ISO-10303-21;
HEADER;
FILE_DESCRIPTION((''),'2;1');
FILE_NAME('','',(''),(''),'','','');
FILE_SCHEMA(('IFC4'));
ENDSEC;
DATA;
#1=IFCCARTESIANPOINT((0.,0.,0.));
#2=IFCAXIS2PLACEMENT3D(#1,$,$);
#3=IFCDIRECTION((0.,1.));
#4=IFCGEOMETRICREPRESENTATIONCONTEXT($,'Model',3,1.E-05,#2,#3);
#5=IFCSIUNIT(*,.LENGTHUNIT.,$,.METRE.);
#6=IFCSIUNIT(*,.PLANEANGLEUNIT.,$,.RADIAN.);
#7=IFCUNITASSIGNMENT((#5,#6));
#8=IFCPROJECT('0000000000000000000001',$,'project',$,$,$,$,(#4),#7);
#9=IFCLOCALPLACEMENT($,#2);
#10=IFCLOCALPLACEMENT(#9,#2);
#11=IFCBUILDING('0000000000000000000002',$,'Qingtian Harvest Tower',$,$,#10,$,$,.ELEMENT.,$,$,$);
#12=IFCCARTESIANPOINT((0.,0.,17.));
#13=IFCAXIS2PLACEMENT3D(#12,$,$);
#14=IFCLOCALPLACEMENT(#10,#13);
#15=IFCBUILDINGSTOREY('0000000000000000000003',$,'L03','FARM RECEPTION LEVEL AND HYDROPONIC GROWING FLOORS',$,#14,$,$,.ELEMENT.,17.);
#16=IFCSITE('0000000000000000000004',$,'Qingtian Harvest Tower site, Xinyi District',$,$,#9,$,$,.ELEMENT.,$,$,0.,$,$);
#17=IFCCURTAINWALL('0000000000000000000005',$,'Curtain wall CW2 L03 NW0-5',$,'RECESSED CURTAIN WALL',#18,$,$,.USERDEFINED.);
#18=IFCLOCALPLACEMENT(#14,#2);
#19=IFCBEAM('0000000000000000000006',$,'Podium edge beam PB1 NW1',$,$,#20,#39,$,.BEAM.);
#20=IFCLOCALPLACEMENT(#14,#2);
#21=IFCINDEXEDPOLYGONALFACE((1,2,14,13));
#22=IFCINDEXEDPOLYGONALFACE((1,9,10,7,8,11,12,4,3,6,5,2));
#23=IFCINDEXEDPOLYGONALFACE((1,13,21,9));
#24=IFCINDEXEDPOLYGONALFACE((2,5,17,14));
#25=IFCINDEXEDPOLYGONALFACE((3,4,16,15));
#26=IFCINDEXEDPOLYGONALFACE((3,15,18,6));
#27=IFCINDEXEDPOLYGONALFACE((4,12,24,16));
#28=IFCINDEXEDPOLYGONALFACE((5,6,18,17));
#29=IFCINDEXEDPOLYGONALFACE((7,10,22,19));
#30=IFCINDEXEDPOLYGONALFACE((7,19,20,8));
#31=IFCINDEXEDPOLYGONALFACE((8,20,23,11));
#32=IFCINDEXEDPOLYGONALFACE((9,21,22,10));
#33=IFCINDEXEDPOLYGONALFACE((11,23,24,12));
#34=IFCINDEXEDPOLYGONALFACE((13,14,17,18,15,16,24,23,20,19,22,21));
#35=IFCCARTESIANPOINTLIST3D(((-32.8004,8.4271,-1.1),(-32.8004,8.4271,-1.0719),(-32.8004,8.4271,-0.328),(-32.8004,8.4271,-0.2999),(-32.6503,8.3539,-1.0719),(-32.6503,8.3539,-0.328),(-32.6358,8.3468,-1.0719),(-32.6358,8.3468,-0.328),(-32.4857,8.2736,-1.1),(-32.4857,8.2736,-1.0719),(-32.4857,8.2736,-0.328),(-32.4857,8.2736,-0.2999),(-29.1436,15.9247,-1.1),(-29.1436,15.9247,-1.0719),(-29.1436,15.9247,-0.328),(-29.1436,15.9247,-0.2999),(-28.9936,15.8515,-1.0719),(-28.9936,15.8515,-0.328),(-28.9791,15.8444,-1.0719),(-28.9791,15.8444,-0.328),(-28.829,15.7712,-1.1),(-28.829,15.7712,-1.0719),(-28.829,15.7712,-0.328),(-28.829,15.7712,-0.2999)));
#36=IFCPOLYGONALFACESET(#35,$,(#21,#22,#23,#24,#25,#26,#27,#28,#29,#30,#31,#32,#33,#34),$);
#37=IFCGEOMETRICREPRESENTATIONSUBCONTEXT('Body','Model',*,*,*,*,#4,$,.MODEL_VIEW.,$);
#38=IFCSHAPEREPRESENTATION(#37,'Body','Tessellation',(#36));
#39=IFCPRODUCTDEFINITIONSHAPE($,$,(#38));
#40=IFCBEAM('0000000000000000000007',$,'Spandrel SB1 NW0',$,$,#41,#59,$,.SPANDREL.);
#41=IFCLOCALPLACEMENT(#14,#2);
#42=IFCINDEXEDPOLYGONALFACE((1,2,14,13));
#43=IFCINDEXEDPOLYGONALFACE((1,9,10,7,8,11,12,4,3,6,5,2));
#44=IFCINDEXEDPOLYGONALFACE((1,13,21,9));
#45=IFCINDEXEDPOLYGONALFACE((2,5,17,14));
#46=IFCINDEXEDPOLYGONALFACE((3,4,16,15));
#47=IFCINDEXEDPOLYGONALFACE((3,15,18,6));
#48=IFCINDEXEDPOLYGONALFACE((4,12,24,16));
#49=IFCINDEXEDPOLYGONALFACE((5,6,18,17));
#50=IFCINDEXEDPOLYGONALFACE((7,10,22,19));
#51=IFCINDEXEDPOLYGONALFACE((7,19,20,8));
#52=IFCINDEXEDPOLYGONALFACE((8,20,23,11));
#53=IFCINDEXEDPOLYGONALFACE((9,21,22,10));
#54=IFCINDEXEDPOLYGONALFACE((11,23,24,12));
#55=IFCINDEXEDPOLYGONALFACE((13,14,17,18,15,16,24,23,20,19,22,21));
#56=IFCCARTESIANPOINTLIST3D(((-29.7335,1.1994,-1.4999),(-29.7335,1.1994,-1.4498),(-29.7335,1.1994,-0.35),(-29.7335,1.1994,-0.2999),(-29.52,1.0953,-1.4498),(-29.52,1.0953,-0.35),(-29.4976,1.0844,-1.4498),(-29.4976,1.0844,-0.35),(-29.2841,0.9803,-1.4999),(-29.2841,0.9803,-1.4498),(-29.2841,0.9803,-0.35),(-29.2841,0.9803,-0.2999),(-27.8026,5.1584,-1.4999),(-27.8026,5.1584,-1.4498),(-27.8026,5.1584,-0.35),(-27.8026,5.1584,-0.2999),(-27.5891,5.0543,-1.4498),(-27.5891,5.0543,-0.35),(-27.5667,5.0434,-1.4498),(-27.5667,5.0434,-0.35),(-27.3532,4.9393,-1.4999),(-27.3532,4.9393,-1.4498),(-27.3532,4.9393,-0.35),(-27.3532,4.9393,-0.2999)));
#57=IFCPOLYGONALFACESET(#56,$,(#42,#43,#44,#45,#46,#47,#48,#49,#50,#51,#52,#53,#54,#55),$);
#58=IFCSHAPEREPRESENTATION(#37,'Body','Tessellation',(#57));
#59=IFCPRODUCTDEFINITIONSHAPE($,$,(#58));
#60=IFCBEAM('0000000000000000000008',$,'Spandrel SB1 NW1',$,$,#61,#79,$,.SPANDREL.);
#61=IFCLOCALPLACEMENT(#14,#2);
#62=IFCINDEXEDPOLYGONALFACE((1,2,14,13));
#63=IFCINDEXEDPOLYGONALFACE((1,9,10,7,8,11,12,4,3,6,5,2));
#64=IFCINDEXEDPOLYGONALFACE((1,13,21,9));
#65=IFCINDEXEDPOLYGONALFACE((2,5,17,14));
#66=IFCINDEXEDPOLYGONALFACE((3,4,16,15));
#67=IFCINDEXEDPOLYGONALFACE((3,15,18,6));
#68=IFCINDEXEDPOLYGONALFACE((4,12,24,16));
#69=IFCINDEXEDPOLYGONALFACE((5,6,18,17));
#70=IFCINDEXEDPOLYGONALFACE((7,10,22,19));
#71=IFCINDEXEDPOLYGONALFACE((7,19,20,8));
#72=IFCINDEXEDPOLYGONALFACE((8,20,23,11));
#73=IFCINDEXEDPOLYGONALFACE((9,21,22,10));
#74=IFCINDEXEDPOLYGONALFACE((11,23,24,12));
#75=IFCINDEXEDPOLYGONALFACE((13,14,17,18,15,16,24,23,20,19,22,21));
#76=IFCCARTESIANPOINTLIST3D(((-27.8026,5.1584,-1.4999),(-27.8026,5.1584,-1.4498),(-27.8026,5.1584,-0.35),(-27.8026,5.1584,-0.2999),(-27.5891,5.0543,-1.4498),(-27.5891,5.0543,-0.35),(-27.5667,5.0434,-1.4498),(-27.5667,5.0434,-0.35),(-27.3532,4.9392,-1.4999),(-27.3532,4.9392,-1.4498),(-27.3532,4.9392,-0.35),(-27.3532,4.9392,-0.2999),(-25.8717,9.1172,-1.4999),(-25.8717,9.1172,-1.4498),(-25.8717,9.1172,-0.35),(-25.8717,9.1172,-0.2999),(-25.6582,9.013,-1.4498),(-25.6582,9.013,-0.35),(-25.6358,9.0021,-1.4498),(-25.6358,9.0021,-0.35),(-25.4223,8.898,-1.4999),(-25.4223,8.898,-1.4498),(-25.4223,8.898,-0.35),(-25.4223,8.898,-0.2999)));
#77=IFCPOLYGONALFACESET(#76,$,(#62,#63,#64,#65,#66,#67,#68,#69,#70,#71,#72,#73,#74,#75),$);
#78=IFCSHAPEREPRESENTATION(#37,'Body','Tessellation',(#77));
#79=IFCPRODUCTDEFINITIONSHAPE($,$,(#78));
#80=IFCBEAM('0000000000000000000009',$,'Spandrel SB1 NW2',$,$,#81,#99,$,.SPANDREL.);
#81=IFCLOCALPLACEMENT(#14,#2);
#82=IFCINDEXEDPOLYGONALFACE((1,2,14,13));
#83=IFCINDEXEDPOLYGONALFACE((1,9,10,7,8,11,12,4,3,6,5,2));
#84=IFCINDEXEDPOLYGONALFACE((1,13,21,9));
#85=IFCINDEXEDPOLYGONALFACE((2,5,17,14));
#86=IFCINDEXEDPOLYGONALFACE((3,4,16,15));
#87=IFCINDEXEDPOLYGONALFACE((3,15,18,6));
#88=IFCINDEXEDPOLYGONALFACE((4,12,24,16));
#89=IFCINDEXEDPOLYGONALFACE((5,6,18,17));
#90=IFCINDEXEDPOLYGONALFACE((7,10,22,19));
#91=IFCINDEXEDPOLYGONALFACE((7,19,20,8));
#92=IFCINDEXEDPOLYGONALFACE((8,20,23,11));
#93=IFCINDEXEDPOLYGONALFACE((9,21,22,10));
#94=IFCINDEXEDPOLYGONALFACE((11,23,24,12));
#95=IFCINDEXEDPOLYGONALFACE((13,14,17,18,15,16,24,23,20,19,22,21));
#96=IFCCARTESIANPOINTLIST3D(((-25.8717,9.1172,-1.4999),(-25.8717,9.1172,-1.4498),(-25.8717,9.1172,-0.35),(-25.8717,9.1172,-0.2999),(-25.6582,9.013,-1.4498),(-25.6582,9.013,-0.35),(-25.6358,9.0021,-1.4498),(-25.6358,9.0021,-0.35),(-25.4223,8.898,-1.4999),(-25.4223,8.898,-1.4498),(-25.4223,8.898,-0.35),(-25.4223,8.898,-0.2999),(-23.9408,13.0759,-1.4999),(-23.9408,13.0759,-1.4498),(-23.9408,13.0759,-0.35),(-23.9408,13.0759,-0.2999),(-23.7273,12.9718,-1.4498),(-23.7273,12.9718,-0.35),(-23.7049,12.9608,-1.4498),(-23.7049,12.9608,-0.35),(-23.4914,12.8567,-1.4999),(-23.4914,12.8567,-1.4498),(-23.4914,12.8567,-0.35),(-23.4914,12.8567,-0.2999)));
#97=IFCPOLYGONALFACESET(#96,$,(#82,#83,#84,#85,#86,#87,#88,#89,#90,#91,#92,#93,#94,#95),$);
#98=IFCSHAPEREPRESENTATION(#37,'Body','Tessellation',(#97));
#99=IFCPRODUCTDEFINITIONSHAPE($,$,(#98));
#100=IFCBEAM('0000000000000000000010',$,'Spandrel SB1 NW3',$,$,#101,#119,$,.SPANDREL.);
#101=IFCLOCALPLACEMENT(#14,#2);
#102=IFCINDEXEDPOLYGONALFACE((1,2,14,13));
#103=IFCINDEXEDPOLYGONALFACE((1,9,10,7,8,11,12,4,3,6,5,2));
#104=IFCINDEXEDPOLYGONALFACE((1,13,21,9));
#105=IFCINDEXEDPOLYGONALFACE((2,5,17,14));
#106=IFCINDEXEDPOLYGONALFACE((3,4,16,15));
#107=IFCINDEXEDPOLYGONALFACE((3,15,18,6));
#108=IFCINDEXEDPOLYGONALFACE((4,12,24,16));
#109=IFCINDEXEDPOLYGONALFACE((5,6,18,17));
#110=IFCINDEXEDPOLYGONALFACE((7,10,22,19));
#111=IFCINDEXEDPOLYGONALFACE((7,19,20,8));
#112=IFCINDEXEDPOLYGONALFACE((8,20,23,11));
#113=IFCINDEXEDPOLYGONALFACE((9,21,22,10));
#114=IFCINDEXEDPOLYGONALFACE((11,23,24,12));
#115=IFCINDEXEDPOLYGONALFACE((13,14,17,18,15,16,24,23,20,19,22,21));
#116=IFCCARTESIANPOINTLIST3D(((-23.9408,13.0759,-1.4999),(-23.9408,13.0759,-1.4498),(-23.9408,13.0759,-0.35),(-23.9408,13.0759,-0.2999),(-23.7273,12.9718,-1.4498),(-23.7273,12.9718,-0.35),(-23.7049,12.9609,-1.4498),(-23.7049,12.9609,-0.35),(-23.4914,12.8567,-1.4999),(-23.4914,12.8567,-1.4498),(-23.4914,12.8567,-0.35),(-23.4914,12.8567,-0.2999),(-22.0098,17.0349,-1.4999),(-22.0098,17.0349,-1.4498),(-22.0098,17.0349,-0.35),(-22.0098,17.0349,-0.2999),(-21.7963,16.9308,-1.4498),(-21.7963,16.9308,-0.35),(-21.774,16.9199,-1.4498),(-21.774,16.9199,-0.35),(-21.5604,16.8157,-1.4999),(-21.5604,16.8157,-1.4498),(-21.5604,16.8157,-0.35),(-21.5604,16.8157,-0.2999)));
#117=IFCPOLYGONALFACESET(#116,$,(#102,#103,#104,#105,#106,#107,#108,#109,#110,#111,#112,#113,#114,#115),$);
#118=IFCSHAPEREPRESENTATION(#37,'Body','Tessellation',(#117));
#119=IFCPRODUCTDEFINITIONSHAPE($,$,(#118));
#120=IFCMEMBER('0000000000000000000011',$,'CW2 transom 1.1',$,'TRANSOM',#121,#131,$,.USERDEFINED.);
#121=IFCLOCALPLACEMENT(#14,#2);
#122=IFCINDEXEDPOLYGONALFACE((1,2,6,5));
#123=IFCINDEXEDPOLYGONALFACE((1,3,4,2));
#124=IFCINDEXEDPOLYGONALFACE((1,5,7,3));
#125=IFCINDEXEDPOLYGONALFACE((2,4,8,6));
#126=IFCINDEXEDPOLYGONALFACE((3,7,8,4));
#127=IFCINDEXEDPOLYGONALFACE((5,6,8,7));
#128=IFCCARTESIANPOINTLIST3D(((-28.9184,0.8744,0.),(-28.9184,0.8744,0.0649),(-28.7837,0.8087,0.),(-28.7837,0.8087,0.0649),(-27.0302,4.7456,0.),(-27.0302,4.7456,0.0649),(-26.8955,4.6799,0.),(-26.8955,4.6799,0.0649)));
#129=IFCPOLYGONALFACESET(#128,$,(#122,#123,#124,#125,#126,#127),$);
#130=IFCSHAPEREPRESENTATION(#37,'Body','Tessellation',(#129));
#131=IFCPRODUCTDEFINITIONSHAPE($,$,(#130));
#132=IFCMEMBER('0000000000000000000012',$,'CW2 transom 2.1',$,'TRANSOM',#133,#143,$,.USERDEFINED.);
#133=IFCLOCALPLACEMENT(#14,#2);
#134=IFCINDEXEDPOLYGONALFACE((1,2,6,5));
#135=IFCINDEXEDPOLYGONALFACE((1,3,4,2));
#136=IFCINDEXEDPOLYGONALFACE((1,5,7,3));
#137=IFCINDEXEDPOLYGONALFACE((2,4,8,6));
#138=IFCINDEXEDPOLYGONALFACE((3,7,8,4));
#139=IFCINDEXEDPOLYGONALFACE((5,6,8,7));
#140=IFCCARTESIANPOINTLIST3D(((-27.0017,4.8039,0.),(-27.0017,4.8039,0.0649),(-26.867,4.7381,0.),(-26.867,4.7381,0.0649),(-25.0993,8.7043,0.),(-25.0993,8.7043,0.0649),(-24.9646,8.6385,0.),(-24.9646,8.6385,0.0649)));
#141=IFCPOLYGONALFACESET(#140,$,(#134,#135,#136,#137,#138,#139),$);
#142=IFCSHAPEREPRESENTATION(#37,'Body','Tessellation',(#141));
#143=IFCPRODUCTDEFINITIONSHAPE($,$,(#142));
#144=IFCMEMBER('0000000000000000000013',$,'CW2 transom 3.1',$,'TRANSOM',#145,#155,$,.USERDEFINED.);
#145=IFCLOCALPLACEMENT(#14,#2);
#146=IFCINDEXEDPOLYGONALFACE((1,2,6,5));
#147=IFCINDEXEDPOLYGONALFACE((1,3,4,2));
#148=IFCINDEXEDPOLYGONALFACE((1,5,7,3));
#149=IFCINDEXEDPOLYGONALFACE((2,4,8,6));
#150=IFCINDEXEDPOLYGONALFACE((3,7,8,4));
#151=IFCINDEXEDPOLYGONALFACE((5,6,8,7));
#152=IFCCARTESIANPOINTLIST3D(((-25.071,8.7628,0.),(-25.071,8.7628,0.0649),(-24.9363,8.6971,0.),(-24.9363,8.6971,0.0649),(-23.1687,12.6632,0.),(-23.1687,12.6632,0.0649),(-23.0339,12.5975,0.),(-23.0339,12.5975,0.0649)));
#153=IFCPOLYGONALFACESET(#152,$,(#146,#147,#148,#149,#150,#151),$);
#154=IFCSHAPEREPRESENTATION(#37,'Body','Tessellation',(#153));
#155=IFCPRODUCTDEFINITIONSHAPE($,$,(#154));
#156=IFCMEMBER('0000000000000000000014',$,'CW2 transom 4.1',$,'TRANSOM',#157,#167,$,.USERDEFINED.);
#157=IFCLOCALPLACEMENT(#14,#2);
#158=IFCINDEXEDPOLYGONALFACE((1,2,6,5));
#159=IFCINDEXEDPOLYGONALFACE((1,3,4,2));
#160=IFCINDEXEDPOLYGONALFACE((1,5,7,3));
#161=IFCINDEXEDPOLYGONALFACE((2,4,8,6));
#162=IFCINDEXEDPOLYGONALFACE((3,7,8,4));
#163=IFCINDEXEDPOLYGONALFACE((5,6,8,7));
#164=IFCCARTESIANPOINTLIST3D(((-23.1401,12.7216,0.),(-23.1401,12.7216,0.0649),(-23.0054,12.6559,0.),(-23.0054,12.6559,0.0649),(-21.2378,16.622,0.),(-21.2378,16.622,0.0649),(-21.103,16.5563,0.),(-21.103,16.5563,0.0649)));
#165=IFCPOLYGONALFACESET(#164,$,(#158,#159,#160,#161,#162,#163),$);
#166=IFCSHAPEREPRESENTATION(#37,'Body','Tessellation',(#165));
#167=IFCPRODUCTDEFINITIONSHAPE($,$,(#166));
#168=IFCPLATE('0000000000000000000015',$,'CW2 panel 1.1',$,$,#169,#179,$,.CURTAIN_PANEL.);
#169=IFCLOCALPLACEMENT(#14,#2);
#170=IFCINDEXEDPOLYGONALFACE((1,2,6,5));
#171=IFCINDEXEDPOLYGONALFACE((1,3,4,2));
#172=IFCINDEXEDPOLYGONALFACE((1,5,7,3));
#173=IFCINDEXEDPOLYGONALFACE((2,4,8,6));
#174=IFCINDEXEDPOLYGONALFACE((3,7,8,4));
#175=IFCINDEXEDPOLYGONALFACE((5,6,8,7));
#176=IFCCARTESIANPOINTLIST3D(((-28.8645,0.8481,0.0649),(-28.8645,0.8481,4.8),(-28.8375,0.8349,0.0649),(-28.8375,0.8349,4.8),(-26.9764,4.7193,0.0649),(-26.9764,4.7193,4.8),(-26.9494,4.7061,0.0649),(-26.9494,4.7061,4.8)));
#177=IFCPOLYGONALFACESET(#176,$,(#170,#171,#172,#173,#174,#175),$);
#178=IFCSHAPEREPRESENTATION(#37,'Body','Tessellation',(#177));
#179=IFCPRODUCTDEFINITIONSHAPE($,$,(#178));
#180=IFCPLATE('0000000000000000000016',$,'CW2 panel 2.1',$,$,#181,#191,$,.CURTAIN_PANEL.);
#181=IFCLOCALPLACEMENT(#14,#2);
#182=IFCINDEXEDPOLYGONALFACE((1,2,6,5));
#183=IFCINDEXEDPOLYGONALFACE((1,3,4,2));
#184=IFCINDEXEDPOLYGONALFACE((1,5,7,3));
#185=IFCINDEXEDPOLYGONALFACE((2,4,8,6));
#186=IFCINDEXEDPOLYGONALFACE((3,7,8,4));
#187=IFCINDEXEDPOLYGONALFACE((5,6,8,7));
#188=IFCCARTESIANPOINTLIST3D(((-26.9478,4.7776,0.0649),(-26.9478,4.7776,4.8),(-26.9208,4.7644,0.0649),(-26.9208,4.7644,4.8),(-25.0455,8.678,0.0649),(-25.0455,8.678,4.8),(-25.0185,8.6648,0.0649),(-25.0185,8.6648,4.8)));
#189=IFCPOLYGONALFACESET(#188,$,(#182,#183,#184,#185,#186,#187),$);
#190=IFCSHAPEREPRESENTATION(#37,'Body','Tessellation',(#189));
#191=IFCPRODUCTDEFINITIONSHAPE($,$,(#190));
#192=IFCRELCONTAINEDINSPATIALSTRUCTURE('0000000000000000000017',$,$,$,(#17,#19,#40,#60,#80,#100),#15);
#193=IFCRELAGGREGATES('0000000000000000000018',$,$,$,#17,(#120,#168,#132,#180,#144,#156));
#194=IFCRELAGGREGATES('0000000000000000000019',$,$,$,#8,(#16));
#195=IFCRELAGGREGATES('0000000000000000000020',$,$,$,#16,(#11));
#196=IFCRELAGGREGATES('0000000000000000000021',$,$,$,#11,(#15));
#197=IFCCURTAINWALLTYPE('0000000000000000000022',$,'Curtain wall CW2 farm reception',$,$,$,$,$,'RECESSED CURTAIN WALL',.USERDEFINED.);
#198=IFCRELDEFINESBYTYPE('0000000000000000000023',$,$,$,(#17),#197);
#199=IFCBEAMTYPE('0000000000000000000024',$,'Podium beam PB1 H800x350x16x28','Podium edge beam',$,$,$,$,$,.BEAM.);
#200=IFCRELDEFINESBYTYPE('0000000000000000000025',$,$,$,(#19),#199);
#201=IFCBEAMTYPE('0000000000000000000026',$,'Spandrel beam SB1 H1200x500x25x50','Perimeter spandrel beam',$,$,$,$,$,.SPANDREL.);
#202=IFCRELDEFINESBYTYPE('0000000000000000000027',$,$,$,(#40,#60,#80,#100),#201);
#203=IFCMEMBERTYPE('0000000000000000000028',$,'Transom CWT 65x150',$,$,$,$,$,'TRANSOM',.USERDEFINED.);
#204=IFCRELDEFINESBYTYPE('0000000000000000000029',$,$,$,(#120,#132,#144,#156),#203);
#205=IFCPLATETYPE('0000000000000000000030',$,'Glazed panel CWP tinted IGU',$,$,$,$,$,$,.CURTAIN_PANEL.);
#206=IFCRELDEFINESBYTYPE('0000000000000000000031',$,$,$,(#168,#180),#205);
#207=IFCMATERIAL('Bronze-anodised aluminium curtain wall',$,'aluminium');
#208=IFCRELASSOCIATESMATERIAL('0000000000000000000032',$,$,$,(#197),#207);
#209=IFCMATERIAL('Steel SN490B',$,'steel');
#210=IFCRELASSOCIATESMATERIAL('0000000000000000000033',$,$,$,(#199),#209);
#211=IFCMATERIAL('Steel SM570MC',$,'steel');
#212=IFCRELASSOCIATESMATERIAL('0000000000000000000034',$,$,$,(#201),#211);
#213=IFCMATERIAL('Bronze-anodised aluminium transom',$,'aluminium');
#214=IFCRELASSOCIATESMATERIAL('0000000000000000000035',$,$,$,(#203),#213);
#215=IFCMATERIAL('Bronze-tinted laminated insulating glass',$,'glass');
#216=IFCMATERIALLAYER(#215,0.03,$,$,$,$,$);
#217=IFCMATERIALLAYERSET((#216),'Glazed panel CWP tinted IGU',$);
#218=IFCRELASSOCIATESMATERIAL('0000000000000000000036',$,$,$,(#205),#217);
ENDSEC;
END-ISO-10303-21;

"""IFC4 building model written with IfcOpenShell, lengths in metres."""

from ifc_helpers import new_model, si_unit, direction, frame, origin, origin_2d, place, context, subcontext, project, spatial, rectangle, i_section, extrude, material, layer, layer_set, material_profile, profile_set, type_object, element, aggregate, save


model = new_model("IFC4")

# Units and contexts
model_context = context("Model", 3, precision=1e-05, world=origin(), true_north=direction((0.0, 1.0)))
body_context = subcontext(model_context, "Body", "Model", "MODEL_VIEW")
ifc_project = project(units=[si_unit("LENGTHUNIT", "METRE"), si_unit("PLANEANGLEUNIT", "RADIAN")], contexts=[model_context])

# Site, building, storey
site_placement = place(None, origin())
site = spatial("IfcSite", under=ifc_project, at=site_placement, Name="Qingtian Harvest Tower site, Xinyi District", CompositionType="ELEMENT", RefElevation=0.0)
building_placement = place(site_placement, origin())
building = spatial("IfcBuilding", under=site, at=building_placement, Name="Qingtian Harvest Tower", CompositionType="ELEMENT")
storey_placement = place(building_placement, frame((0.0, 0.0, 17.0)))
storey = spatial("IfcBuildingStorey", under=building, at=storey_placement, Name="L03", Description="FARM RECEPTION LEVEL AND HYDROPONIC GROWING FLOORS", CompositionType="ELEMENT", Elevation=17.0)

# Shared definitions
ifc_material_1 = material(Name="Bronze-anodised aluminium curtain wall", Category="aluminium")
curtain_wall_type = type_object("IfcCurtainWallType", Name="Curtain wall CW2 farm reception", ElementType="RECESSED CURTAIN WALL", PredefinedType="USERDEFINED", material=ifc_material_1)

# Curtain wall
curtain_wall_1_placement = place(storey_placement, origin())
curtain_wall_1 = element("IfcCurtainWall", 1, at=curtain_wall_1_placement, inside=storey, type_object=curtain_wall_type, Name="Curtain wall CW2 L03 NW0-5", ObjectType="RECESSED CURTAIN WALL", PredefinedType="USERDEFINED")

# Beams
ifc_material_2 = material(Name="Steel SN490B", Category="steel")
ifc_material_profile_1 = material_profile(ifc_material_2, i_section(OverallWidth=0.3501, OverallDepth=0.8, WebThickness=0.0161, FlangeThickness=0.0281, at=origin_2d()), Name="H800x350x16x28")
ifc_profile_set_1 = profile_set([ifc_material_profile_1], Name="Steel SN490B")
beam_type_1 = type_object("IfcBeamType", Name="Podium beam PB1 H800x350x16x28", Description="Podium edge beam", PredefinedType="BEAM", material=ifc_profile_set_1)
for number, where, z_axis, x_axis, name in (
    (2, (-32.6431, 8.3503, -0.7), (0.438365, 0.898797, 0.0), (-0.898797, 0.438365, 0.0), "Podium edge beam PB1 NW1"),
):
    element("IfcBeam", number, at=place(storey_placement, frame(where, z_axis=z_axis, x_axis=x_axis)), inside=storey, type_object=beam_type_1, Name=name, PredefinedType="BEAM", context=body_context, shape_type="SweptSolid", body=[
        extrude(i_section(OverallWidth=0.3501, OverallDepth=0.8, WebThickness=0.0161, FlangeThickness=0.0281, at=origin_2d()), origin(), (0.0, 0.0, 1.0), 8.3418),
    ])
ifc_material_3 = material(Name="Steel SM570MC", Category="steel")
ifc_material_profile_2 = material_profile(ifc_material_3, i_section(OverallWidth=0.5, OverallDepth=1.2, WebThickness=0.0249, FlangeThickness=0.05, at=origin_2d()), Name="H1200x500x25x50")
ifc_profile_set_2 = profile_set([ifc_material_profile_2], Name="Steel SM570MC")
beam_type_2 = type_object("IfcBeamType", Name="Spandrel beam SB1 H1200x500x25x50", Description="Perimeter spandrel beam", PredefinedType="SPANDREL", material=ifc_profile_set_2)
beam_1_placement = place(storey_placement, frame((-29.5088, 1.0898, -0.8999), z_axis=(0.438368, 0.898796, 0.0), x_axis=(-0.898796, 0.438368, 0.0)))
element("IfcBeam", 3, at=beam_1_placement, inside=storey, type_object=beam_type_2, Name="Spandrel SB1 NW0", PredefinedType="SPANDREL", context=body_context, shape_type="SweptSolid", body=[
    extrude(i_section(OverallWidth=0.5, OverallDepth=1.2, WebThickness=0.0249, FlangeThickness=0.05, at=origin_2d()), origin(), (0.0, 0.0, 1.0), 4.4048),
])
for number, where, z_axis, x_axis, name in (
    (4, (-27.5779, 5.0488, -0.8999), (0.43839, 0.898785, 0.0), (-0.898785, 0.43839, 0.0), "Spandrel SB1 NW1"),
    (5, (-25.647, 9.0076, -0.8999), (0.43839, 0.898785, 0.0), (-0.898785, 0.43839, 0.0), "Spandrel SB1 NW2"),
):
    element("IfcBeam", number, at=place(storey_placement, frame(where, z_axis=z_axis, x_axis=x_axis)), inside=storey, type_object=beam_type_2, Name=name, PredefinedType="SPANDREL", context=body_context, shape_type="SweptSolid", body=[
        extrude(i_section(OverallWidth=0.5, OverallDepth=1.2, WebThickness=0.0249, FlangeThickness=0.05, at=origin_2d()), origin(), (0.0, 0.0, 1.0), 4.4045),
    ])
beam_2_placement = place(storey_placement, frame((-23.7161, 12.9663, -0.8999), z_axis=(0.438368, 0.898796, 0.0), x_axis=(-0.898796, 0.438368, 0.0)))
element("IfcBeam", 6, at=beam_2_placement, inside=storey, type_object=beam_type_2, Name="Spandrel SB1 NW3", PredefinedType="SPANDREL", context=body_context, shape_type="SweptSolid", body=[
    extrude(i_section(OverallWidth=0.5, OverallDepth=1.2, WebThickness=0.0249, FlangeThickness=0.05, at=origin_2d()), origin(), (0.0, 0.0, 1.0), 4.4048),
])

# Members
ifc_material_4 = material(Name="Bronze-anodised aluminium transom", Category="aluminium")
ifc_material_profile_3 = material_profile(ifc_material_4, rectangle(XDim=0.1499, YDim=0.0649, at=origin_2d()), Name="AL 65x150")
ifc_profile_set_3 = profile_set([ifc_material_profile_3], Name="Bronze-anodised aluminium transom")
member_type_1 = type_object("IfcMemberType", Name="Transom CWT 65x150", ElementType="TRANSOM", PredefinedType="USERDEFINED", material=ifc_profile_set_3)
member_1_placement = place(storey_placement, frame((-28.8511, 0.8416, 0.0325), z_axis=(0.438395, 0.898783, 0.0), x_axis=(-0.898783, 0.438395, 0.0)))
member_1 = element("IfcMember", 7, at=member_1_placement, type_object=member_type_1, Name="CW2 transom 1.1", ObjectType="TRANSOM", PredefinedType="USERDEFINED", context=body_context, shape_type="SweptSolid", body=[
    extrude(rectangle(XDim=0.1499, YDim=0.0649, at=origin_2d()), origin(), (0.0, 0.0, 1.0), 4.3071),
])
member_2_placement = place(storey_placement, frame((-26.9343, 4.771, 0.0325), z_axis=(0.43837, 0.898794, 0.0), x_axis=(-0.898794, 0.43837, 0.0)))
member_2 = element("IfcMember", 8, at=member_2_placement, type_object=member_type_1, Name="CW2 transom 2.1", ObjectType="TRANSOM", PredefinedType="USERDEFINED", context=body_context, shape_type="SweptSolid", body=[
    extrude(rectangle(XDim=0.1499, YDim=0.0649, at=origin_2d()), origin(), (0.0, 0.0, 1.0), 4.3396),
])
member_3_placement = place(storey_placement, frame((-25.0037, 8.73, 0.0325), z_axis=(0.43837, 0.898794, 0.0), x_axis=(-0.898794, 0.43837, 0.0)))
member_3 = element("IfcMember", 9, at=member_3_placement, type_object=member_type_1, Name="CW2 transom 3.1", ObjectType="TRANSOM", PredefinedType="USERDEFINED", context=body_context, shape_type="SweptSolid", body=[
    extrude(rectangle(XDim=0.1499, YDim=0.0649, at=origin_2d()), origin(), (0.0, 0.0, 1.0), 4.3396),
])
member_4_placement = place(storey_placement, frame((-23.0728, 12.6887, 0.0325), z_axis=(0.43837, 0.898794, 0.0), x_axis=(-0.898794, 0.43837, 0.0)))
member_4 = element("IfcMember", 10, at=member_4_placement, type_object=member_type_1, Name="CW2 transom 4.1", ObjectType="TRANSOM", PredefinedType="USERDEFINED", context=body_context, shape_type="SweptSolid", body=[
    extrude(rectangle(XDim=0.1499, YDim=0.0649, at=origin_2d()), origin(), (0.0, 0.0, 1.0), 4.3396),
])

# Plates
ifc_material_5 = material(Name="Bronze-tinted laminated insulating glass", Category="glass")
ifc_layer_1 = layer(ifc_material_5, 0.03)
ifc_layer_set_1 = layer_set([ifc_layer_1], Name="Glazed panel CWP tinted IGU")
plate_type = type_object("IfcPlateType", Name="Glazed panel CWP tinted IGU", PredefinedType="CURTAIN_PANEL", material=ifc_layer_set_1)
plate_1_placement = place(storey_placement, frame((-27.907, 2.7771, 0.0649), z_axis=(0.0, 0.0, 1.0), x_axis=(0.438371, 0.898794, 0.0)))
plate_1 = element("IfcPlate", 11, at=plate_1_placement, type_object=plate_type, Name="CW2 panel 1.1", PredefinedType="CURTAIN_PANEL", context=body_context, shape_type="SweptSolid", body=[
    extrude(rectangle(XDim=4.3071, YDim=0.03, at=origin_2d()), origin(), (0.0, 0.0, 1.0), 4.7351),
])
plate_2_placement = place(storey_placement, frame((-25.9832, 6.7212, 0.0649), z_axis=(0.0, 0.0, 1.0), x_axis=(0.438371, 0.898794, 0.0)))
plate_2 = element("IfcPlate", 12, at=plate_2_placement, type_object=plate_type, Name="CW2 panel 2.1", PredefinedType="CURTAIN_PANEL", context=body_context, shape_type="SweptSolid", body=[
    extrude(rectangle(XDim=4.3396, YDim=0.03, at=origin_2d()), origin(), (0.0, 0.0, 1.0), 4.7351),
])
aggregate(curtain_wall_1, [member_1, plate_1, member_2, plate_2, member_3, member_4])

save(model, "model.ifc")
